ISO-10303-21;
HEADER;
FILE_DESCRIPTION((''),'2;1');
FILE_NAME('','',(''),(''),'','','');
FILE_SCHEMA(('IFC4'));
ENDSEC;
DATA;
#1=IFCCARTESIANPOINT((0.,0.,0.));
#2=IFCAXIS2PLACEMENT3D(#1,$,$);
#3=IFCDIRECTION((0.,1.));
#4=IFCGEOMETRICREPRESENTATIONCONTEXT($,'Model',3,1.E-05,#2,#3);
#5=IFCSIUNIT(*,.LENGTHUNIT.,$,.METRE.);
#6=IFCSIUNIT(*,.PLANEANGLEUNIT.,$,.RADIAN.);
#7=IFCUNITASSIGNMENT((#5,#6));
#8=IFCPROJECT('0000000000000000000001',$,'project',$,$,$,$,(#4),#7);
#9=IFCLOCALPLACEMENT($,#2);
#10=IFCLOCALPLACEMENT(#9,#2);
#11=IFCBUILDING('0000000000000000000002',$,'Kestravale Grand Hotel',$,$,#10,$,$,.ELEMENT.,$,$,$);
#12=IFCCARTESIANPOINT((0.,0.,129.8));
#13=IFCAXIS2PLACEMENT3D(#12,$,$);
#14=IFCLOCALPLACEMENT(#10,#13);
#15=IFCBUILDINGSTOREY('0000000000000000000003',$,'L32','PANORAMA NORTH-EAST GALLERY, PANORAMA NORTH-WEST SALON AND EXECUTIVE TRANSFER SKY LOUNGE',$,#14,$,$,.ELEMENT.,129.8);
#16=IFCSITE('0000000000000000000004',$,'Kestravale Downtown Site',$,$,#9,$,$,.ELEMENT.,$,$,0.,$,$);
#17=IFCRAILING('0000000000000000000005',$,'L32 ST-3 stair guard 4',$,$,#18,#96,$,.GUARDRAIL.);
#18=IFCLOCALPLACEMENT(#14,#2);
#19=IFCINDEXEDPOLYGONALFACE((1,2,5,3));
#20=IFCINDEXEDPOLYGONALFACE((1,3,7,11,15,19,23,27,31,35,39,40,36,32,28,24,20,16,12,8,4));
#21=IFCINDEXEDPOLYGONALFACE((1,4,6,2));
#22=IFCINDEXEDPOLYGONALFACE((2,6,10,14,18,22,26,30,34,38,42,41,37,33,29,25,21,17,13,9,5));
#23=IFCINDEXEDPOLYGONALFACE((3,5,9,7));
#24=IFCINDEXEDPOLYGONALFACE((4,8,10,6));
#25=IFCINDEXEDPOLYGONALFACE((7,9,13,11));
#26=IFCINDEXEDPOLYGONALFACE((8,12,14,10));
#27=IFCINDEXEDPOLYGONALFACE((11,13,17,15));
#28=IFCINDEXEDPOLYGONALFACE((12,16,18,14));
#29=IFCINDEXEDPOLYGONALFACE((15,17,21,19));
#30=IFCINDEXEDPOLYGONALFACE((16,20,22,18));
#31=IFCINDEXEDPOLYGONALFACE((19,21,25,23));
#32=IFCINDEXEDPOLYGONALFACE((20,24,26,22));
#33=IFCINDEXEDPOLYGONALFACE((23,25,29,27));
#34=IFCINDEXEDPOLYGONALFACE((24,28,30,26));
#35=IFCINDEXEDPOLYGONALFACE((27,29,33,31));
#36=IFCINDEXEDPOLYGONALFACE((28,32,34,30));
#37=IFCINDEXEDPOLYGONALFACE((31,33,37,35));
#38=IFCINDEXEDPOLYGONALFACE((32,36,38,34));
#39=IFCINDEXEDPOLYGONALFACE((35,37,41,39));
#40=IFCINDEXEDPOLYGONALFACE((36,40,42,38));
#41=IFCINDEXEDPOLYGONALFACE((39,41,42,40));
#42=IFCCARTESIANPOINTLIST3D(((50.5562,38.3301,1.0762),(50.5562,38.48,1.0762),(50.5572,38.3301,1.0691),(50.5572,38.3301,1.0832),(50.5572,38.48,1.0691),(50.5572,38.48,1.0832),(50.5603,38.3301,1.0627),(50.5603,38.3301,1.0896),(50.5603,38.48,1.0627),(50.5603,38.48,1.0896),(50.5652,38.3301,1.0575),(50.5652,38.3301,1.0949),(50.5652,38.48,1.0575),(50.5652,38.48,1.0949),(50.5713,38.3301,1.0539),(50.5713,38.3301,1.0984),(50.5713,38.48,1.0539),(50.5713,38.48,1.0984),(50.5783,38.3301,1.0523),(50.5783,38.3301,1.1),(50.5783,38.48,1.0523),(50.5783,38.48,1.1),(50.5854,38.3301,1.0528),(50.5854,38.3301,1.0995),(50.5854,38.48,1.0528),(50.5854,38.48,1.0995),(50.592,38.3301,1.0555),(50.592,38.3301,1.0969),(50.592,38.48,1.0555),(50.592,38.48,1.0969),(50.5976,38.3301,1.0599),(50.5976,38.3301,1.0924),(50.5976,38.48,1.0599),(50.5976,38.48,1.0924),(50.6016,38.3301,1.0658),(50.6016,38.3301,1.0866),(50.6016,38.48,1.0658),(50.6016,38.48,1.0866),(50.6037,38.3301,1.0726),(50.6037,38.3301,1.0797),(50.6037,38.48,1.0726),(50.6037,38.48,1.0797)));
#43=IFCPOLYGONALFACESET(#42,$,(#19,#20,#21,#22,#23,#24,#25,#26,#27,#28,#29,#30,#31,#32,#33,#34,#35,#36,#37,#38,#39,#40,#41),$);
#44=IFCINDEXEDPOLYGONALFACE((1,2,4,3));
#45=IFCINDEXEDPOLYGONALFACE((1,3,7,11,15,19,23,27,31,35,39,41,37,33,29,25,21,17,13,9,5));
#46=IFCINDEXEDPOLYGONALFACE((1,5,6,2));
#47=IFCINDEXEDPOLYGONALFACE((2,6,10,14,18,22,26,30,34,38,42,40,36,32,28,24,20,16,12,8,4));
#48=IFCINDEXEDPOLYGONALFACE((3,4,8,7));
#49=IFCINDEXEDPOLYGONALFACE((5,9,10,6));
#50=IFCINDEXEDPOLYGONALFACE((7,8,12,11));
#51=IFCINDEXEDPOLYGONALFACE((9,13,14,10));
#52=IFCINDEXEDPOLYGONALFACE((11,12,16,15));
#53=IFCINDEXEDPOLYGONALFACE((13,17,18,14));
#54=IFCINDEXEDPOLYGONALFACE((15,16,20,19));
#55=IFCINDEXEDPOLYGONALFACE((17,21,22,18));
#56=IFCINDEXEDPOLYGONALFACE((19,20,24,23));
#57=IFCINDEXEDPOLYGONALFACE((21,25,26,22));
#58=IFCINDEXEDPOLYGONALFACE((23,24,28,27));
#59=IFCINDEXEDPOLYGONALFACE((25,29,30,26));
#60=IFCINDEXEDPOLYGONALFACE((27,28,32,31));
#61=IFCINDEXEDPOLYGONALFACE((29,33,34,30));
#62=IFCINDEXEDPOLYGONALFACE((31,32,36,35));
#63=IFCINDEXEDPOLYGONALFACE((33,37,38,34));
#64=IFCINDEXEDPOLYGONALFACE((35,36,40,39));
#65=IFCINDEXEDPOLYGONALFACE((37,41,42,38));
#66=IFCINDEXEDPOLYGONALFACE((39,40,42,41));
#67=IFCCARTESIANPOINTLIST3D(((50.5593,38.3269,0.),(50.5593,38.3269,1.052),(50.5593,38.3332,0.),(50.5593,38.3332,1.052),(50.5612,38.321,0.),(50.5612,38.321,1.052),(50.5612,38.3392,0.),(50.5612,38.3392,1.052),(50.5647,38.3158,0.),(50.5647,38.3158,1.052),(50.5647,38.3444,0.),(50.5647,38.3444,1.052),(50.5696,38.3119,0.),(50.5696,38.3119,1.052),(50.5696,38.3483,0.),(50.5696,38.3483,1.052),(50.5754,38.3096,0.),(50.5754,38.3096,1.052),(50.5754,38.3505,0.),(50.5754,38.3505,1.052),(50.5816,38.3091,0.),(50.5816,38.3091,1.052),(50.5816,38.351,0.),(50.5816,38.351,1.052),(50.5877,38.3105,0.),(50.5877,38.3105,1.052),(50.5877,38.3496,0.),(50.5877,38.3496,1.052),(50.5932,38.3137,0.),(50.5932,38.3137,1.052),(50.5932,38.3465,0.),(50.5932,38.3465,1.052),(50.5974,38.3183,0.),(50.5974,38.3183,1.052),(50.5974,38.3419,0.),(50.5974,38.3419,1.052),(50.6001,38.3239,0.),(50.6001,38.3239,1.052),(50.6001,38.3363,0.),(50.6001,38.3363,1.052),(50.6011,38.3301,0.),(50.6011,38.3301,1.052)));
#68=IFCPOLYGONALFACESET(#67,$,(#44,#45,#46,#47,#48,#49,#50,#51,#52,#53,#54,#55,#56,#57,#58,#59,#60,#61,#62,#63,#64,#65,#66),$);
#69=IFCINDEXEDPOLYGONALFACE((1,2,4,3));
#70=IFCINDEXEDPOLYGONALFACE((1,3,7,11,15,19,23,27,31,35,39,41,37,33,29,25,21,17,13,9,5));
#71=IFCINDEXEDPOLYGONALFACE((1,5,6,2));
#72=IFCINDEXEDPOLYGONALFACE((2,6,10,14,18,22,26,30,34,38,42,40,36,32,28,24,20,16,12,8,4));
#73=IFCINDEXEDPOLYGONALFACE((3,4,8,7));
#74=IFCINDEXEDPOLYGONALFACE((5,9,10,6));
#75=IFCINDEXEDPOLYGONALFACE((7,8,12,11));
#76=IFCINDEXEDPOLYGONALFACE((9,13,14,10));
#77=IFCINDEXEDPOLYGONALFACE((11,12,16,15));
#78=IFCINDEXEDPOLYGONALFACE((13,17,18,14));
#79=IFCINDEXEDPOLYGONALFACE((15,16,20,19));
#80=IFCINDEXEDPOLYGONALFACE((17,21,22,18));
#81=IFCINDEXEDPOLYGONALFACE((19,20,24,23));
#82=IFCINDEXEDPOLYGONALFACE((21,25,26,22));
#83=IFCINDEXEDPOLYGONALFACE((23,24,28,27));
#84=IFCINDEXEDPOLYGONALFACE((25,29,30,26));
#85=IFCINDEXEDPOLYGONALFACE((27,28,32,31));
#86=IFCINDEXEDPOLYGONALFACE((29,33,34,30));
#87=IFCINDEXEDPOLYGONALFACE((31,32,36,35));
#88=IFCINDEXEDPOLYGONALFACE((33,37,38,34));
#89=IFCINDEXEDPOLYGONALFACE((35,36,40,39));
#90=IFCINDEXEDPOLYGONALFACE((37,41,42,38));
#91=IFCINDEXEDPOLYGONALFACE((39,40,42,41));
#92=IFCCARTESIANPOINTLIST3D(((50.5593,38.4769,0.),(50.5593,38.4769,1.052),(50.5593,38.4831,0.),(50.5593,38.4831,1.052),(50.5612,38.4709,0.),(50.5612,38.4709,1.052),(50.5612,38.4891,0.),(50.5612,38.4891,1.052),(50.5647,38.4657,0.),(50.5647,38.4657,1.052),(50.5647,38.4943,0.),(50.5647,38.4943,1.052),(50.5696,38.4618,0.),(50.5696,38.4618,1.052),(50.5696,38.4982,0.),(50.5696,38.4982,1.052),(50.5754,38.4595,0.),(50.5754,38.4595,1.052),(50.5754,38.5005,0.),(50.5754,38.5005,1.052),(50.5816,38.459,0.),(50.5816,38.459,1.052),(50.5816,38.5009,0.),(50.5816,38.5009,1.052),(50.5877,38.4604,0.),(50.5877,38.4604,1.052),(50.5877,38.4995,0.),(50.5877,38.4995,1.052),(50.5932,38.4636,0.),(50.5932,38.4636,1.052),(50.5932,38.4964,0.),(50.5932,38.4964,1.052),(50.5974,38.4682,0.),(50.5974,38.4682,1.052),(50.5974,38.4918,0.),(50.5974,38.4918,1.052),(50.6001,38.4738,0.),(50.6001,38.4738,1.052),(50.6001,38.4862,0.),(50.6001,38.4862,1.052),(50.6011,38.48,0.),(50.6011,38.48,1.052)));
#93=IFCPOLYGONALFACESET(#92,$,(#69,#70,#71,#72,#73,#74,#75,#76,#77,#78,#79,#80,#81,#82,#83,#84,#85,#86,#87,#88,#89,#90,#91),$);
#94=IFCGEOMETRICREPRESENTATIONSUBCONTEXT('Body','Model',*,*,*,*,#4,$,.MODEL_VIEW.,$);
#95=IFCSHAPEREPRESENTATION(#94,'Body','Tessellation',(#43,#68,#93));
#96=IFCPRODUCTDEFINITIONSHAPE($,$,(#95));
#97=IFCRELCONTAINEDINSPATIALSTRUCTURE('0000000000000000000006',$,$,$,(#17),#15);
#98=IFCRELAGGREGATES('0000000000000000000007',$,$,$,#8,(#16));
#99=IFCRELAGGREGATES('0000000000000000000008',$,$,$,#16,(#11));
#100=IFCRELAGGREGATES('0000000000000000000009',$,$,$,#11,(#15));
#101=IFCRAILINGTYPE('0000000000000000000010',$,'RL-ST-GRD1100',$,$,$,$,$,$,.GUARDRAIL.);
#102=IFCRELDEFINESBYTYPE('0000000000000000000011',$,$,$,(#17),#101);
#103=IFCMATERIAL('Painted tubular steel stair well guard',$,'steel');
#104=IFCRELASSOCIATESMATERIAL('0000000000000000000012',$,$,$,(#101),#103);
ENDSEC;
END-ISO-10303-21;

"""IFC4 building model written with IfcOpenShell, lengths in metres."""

from ifc_helpers import new_model, si_unit, direction, frame, origin, origin_2d, place, context, subcontext, project, spatial, circle, extrude, material, type_object, element, save


model = new_model("IFC4")

# Units and contexts
model_context = context("Model", 3, precision=1e-05, world=origin(), true_north=direction((0.0, 1.0)))
body_context = subcontext(model_context, "Body", "Model", "MODEL_VIEW")
ifc_project = project(units=[si_unit("LENGTHUNIT", "METRE"), si_unit("PLANEANGLEUNIT", "RADIAN")], contexts=[model_context])

# Site, building, storey
site_placement = place(None, origin())
site = spatial("IfcSite", under=ifc_project, at=site_placement, Name="Kestravale Downtown Site", CompositionType="ELEMENT", RefElevation=0.0)
building_placement = place(site_placement, origin())
building = spatial("IfcBuilding", under=site, at=building_placement, Name="Kestravale Grand Hotel", CompositionType="ELEMENT")
storey_placement = place(building_placement, frame((0.0, 0.0, 129.8)))
storey = spatial("IfcBuildingStorey", under=building, at=storey_placement, Name="L32", Description="PANORAMA NORTH-EAST GALLERY, PANORAMA NORTH-WEST SALON AND EXECUTIVE TRANSFER SKY LOUNGE", CompositionType="ELEMENT", Elevation=129.8)

# Railing
ifc_material_1 = material(Name="Painted tubular steel stair well guard", Category="steel")
railing_type_1 = type_object("IfcRailingType", Name="RL-ST-GRD1100", PredefinedType="GUARDRAIL", material=ifc_material_1)
railing_1_placement = place(storey_placement, frame((50.5801, 38.3301, 0.0)))
element("IfcRailing", 1, at=railing_1_placement, inside=storey, type_object=railing_type_1, Name="L32 ST-3 stair guard 4", PredefinedType="GUARDRAIL", context=body_context, shape_type="SweptSolid", body=[
    extrude(circle(Radius=0.0239, at=origin_2d()), frame((0.0, 0.0, 1.0762), z_axis=(0.0, 1.0, 0.0), x_axis=(-1.0, 0.0, 0.0)), (0.0, 0.0, 1.0), 0.1499),
    extrude(circle(Radius=0.021, at=origin_2d()), origin(), (0.0, 0.0, 1.0), 1.052),
    extrude(circle(Radius=0.021, at=origin_2d()), frame((0.0, 0.1499, 0.0)), (0.0, 0.0, 1.0), 1.052),
])

save(model, "model.ifc")
